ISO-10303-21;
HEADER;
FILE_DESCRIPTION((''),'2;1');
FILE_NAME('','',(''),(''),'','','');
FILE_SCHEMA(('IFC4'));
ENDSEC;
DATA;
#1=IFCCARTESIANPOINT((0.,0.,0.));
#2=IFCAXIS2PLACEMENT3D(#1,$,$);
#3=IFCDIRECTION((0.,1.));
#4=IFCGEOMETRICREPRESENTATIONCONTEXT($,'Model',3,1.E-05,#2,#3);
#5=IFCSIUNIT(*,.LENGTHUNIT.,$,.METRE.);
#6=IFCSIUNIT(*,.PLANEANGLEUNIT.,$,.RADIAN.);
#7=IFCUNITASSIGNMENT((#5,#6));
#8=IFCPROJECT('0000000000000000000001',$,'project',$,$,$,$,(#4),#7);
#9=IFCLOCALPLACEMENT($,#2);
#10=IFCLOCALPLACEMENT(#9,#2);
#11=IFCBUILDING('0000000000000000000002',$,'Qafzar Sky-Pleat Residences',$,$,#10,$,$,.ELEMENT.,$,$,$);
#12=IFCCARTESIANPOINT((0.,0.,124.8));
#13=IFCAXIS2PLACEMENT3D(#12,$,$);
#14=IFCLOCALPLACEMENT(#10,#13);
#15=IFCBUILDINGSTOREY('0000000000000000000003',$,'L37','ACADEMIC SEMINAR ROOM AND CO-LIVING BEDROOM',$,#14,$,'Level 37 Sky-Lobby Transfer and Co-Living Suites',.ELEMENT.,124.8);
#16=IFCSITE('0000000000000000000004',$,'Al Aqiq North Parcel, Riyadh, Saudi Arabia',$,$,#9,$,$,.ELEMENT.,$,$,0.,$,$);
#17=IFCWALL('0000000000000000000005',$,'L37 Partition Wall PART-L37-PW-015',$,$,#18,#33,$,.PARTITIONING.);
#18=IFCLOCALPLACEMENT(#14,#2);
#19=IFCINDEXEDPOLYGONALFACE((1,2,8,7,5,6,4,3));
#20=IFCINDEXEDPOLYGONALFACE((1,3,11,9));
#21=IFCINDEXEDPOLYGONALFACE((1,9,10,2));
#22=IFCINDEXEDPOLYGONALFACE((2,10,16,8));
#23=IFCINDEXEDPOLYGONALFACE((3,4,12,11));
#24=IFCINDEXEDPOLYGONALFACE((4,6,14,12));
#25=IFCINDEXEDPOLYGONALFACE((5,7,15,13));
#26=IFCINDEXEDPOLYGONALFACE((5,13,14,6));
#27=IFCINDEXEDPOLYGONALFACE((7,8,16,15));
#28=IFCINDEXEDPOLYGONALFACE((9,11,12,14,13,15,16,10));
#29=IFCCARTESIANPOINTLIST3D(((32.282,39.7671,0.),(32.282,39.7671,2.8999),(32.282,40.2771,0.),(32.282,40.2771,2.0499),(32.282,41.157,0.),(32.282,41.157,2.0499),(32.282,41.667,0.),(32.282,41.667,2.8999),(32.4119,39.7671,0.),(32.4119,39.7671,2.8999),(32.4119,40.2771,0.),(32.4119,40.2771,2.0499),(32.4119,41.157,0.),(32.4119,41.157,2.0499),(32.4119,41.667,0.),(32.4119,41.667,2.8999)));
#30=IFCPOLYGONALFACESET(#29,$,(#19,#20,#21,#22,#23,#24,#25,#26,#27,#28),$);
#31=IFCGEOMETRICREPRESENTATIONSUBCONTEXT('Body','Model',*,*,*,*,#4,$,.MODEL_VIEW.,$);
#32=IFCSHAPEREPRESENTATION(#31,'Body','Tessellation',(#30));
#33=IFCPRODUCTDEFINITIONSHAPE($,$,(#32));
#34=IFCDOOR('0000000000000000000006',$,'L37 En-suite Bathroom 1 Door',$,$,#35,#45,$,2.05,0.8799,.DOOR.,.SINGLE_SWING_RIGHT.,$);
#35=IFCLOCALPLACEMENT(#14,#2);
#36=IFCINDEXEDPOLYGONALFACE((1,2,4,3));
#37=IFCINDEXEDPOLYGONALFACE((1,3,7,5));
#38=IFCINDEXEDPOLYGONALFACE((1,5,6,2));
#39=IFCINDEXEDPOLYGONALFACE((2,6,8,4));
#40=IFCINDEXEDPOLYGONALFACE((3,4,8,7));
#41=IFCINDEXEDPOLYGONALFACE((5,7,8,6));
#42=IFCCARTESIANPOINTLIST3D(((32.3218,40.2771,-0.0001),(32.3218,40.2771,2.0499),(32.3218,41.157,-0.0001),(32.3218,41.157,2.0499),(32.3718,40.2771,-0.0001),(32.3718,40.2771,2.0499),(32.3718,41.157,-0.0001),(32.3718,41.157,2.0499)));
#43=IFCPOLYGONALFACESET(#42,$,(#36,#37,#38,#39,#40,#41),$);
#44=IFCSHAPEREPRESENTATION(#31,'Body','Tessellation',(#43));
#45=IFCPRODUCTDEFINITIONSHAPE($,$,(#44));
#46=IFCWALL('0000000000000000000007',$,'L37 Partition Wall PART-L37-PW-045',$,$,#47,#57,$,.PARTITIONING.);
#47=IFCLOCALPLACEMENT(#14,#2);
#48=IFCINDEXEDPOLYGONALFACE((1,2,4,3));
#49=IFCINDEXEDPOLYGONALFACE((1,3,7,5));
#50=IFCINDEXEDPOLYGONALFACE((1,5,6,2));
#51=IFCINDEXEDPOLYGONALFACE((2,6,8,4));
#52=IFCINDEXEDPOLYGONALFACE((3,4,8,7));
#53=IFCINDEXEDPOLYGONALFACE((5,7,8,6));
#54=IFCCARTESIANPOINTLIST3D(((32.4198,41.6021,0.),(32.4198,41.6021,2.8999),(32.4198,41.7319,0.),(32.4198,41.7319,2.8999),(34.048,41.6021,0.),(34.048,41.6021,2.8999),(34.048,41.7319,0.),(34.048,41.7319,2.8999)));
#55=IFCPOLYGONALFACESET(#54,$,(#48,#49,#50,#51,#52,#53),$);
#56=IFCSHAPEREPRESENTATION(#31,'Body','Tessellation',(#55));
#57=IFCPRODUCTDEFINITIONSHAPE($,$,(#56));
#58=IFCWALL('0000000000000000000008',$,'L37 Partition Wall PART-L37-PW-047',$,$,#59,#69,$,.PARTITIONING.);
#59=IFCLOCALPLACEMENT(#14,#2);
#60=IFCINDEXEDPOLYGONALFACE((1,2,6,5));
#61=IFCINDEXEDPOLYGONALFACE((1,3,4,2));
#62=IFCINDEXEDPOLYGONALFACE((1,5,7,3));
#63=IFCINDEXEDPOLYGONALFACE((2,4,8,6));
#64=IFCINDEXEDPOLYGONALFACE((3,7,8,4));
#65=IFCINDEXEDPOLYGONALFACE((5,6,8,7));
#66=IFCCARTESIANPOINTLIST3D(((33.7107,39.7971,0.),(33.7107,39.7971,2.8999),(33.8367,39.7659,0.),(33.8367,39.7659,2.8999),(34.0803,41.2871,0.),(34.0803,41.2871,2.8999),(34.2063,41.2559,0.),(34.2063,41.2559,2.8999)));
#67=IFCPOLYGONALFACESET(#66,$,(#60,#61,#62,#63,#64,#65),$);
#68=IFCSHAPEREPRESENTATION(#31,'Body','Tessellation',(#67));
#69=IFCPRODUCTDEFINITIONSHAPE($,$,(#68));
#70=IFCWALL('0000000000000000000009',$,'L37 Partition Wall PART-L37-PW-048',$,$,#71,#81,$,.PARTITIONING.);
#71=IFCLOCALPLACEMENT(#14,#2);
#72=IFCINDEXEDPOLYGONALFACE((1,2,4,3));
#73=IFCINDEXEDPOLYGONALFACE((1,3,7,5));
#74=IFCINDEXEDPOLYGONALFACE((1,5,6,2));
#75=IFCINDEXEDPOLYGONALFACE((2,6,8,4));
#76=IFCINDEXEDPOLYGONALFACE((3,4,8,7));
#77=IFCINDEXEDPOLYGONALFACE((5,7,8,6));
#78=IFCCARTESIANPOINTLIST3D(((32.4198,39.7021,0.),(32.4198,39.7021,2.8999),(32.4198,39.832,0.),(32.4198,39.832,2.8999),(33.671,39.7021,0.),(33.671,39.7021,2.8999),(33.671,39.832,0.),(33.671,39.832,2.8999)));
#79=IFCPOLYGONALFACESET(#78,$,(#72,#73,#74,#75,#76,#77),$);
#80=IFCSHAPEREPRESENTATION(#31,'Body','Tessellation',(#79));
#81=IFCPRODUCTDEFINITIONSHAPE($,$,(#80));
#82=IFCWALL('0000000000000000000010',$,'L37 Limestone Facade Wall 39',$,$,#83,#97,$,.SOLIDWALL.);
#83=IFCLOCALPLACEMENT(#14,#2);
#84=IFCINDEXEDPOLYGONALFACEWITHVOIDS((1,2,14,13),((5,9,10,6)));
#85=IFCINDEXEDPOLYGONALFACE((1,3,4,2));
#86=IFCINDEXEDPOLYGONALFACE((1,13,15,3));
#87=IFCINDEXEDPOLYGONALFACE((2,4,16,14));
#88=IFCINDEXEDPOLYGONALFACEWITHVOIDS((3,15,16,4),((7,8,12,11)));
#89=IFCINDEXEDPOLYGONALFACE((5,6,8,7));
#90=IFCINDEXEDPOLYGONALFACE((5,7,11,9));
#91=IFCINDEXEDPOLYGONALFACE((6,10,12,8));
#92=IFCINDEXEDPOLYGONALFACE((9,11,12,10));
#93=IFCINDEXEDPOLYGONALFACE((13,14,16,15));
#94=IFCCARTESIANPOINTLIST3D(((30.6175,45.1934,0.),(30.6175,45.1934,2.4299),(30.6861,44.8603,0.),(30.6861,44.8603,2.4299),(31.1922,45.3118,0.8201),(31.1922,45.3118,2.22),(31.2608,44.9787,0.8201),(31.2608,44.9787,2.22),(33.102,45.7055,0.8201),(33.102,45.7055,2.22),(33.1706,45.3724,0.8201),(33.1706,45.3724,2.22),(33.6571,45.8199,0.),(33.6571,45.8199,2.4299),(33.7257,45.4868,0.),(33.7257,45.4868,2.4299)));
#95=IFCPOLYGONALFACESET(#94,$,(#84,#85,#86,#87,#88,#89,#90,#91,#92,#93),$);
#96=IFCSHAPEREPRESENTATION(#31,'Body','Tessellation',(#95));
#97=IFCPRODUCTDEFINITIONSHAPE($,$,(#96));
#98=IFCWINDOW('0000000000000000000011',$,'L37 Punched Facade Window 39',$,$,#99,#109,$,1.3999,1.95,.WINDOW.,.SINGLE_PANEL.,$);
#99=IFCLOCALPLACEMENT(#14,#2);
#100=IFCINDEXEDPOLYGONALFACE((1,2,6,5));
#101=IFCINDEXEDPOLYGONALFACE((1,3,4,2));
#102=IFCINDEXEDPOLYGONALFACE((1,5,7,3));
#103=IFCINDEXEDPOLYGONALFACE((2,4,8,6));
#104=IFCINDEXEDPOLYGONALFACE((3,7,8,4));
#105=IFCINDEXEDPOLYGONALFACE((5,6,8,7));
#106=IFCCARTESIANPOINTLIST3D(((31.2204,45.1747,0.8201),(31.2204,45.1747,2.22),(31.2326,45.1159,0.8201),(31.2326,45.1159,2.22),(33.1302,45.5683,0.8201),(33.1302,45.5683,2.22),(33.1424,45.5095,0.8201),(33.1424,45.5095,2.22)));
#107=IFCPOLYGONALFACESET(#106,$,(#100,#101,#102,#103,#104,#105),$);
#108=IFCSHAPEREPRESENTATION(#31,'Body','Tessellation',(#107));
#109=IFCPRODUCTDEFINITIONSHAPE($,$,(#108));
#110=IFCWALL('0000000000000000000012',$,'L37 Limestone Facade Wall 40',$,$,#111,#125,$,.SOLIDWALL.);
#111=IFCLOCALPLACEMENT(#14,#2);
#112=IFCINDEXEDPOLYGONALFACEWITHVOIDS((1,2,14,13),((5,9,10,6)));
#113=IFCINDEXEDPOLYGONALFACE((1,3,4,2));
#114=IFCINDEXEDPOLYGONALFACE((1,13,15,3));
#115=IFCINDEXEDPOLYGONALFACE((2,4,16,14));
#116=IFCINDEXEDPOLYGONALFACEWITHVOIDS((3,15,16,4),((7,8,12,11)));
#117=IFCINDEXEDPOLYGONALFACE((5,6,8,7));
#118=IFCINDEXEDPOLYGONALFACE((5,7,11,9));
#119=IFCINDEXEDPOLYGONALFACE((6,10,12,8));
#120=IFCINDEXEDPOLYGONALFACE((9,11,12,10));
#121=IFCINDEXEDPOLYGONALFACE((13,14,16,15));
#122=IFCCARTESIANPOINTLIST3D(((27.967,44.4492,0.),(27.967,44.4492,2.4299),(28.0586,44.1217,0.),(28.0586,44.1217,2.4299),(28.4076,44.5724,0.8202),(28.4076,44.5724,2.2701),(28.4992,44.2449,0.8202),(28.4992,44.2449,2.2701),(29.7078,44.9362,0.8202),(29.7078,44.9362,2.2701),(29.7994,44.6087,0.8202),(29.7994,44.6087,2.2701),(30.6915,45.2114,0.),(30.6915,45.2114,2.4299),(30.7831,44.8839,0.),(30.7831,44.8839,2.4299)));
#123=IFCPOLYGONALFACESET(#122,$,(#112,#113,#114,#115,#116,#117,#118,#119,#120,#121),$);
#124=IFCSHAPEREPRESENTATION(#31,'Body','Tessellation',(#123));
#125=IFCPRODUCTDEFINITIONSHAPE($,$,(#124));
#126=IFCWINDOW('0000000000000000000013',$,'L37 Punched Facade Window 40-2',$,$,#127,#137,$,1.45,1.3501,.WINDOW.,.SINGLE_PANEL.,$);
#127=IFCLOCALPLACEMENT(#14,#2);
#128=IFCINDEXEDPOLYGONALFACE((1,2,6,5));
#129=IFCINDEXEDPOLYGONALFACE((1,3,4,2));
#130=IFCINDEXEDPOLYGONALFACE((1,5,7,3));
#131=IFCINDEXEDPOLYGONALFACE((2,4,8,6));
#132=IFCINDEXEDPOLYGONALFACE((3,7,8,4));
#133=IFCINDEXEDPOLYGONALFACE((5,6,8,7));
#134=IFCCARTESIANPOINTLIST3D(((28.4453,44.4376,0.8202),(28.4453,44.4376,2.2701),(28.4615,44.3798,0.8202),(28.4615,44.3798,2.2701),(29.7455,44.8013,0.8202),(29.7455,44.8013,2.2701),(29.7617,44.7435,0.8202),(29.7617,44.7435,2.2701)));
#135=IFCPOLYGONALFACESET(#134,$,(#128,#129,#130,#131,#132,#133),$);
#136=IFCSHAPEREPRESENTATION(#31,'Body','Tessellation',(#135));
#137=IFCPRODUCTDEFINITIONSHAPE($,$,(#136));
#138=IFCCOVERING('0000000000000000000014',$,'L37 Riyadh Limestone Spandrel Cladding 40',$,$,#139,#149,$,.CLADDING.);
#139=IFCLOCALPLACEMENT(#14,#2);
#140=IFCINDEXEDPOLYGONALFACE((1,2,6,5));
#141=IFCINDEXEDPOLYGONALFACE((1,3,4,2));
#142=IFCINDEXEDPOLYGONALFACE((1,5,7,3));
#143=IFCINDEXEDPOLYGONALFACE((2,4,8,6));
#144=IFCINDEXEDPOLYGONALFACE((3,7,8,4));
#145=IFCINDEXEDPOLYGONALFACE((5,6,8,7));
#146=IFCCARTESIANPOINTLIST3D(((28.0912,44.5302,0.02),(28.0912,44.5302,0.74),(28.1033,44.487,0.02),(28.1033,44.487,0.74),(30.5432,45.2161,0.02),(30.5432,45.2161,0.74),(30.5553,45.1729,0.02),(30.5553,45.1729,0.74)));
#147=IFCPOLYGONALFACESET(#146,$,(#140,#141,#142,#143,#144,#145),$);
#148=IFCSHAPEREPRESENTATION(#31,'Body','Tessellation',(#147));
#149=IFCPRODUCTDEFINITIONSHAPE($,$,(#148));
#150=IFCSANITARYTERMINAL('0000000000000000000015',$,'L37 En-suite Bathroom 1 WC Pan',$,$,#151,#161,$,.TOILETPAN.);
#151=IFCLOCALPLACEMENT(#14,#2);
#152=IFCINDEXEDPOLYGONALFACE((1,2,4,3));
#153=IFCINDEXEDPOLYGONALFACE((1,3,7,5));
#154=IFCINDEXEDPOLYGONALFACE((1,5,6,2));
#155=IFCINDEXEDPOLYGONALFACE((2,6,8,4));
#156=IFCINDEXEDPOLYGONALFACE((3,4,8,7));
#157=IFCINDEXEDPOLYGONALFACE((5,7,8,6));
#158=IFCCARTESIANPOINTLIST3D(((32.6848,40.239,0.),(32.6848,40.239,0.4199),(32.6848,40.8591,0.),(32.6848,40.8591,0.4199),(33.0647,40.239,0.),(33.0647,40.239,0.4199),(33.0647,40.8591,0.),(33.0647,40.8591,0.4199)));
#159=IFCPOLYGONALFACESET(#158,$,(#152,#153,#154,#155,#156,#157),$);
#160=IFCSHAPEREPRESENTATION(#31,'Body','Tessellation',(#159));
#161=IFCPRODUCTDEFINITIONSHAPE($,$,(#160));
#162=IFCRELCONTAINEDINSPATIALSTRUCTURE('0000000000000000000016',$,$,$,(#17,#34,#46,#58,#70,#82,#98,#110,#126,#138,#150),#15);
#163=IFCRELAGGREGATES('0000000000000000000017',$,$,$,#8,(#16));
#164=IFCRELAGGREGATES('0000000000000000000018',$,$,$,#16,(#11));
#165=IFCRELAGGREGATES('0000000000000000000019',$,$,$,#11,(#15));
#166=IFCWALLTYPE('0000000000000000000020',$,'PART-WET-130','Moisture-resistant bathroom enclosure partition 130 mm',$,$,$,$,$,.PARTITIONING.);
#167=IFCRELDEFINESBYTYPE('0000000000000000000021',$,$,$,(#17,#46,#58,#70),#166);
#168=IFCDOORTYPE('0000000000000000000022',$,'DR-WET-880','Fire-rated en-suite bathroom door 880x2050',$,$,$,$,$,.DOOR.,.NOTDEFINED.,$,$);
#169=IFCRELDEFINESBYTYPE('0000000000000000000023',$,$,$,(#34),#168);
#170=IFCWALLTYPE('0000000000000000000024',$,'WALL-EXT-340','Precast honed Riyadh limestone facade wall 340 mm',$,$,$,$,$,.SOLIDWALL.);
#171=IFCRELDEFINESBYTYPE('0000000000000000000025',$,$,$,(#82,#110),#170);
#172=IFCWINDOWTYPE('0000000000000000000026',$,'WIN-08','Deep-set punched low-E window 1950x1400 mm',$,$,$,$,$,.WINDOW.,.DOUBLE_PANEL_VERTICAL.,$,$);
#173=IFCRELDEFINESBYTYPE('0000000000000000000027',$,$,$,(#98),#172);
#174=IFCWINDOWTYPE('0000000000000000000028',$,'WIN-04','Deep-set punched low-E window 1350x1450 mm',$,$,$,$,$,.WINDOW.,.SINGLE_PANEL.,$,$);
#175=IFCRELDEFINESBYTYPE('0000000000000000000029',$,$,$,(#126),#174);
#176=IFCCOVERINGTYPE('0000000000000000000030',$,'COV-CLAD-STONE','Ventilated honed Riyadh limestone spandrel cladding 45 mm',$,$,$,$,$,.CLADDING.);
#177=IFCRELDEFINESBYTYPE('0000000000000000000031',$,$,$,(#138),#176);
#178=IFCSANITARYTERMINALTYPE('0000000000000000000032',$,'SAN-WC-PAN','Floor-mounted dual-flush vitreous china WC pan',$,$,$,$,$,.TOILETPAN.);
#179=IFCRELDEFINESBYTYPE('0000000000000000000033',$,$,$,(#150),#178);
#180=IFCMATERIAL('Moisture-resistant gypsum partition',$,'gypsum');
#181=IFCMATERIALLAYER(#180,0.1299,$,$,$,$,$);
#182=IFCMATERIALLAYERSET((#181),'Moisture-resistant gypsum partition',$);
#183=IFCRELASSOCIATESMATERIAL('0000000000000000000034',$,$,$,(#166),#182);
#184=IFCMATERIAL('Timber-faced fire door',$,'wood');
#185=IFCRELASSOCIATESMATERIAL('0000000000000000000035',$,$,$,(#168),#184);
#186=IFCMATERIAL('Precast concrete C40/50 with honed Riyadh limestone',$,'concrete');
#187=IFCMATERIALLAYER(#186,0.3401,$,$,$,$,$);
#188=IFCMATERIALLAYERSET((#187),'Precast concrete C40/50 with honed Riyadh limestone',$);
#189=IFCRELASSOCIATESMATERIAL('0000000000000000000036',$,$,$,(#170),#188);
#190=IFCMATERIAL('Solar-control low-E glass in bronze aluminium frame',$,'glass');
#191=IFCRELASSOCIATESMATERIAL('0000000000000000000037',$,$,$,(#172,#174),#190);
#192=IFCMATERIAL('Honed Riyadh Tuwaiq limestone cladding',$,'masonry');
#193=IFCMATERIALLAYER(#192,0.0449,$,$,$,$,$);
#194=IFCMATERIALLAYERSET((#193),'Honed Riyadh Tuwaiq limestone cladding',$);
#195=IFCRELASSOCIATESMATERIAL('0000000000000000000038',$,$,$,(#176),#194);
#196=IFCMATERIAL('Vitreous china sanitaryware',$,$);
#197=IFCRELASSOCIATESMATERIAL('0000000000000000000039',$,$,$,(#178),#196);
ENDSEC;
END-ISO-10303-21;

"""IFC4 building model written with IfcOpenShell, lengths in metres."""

from ifc_helpers import new_model, si_unit, direction, frame, frame_2d, origin, origin_2d, place, context, subcontext, project, spatial, rectangle, extrude, source, transform, mapped, material, layer, layer_set, type_object, element, fill, save


model = new_model("IFC4")

# Units and contexts
model_context = context("Model", 3, precision=1e-05, world=origin(), true_north=direction((0.0, 1.0)))
body_context = subcontext(model_context, "Body", "Model", "MODEL_VIEW")
ifc_project = project(units=[si_unit("LENGTHUNIT", "METRE"), si_unit("PLANEANGLEUNIT", "RADIAN")], contexts=[model_context])

# Site, building, storey
site_placement = place(None, origin())
site = spatial("IfcSite", under=ifc_project, at=site_placement, Name="Al Aqiq North Parcel, Riyadh, Saudi Arabia", CompositionType="ELEMENT", RefElevation=0.0)
building_placement = place(site_placement, origin())
building = spatial("IfcBuilding", under=site, at=building_placement, Name="Qafzar Sky-Pleat Residences", CompositionType="ELEMENT")
storey_placement = place(building_placement, frame((0.0, 0.0, 124.8)))
storey = spatial("IfcBuildingStorey", under=building, at=storey_placement, Name="L37", Description="ACADEMIC SEMINAR ROOM AND CO-LIVING BEDROOM", LongName="Level 37 Sky-Lobby Transfer and Co-Living Suites", CompositionType="ELEMENT", Elevation=124.8)

# Shared definitions
ifc_material_1 = material(Name="Timber-faced fire door", Category="wood")

# Wall, opening, door
ifc_material_2 = material(Name="Moisture-resistant gypsum partition", Category="gypsum")
ifc_layer_1 = layer(ifc_material_2, 0.1299)
ifc_layer_set_1 = layer_set([ifc_layer_1], Name="Moisture-resistant gypsum partition")
wall_type_1 = type_object("IfcWallType", Name="PART-WET-130", Description="Moisture-resistant bathroom enclosure partition 130 mm", PredefinedType="PARTITIONING", material=ifc_layer_set_1)
wall_1_placement = place(storey_placement, frame((32.3469, 41.667, 0.0), z_axis=(0.0, 0.0, 1.0), x_axis=(0.0, -1.0, 0.0)))
wall_1 = element("IfcWall", 1, at=wall_1_placement, inside=storey, type_object=wall_type_1, Name="L37 Partition Wall PART-L37-PW-015", PredefinedType="PARTITIONING", context=body_context, shape_type="SweptSolid", body=[
    extrude(rectangle(XDim=1.8999, YDim=0.1299, at=frame_2d((0.95, 0.0))), origin(), (0.0, 0.0, 1.0), 2.8999),
])
opening_1_placement = place(wall_1_placement, frame((0.51, 0.0, 0.0)))
opening_1 = element("IfcOpeningElement", 2, at=opening_1_placement, cuts=wall_1, PredefinedType="OPENING", context=body_context, shape_type="SweptSolid", body=[
    extrude(rectangle(XDim=0.8799, YDim=2.05, at=frame_2d((0.4399, 1.0249))), frame((0.0, 0.075, 0.0), z_axis=(0.0, -1.0, 0.0), x_axis=(1.0, 0.0, 0.0)), (0.0, 0.0, 1.0), 0.1499),
])
door_type_1 = type_object("IfcDoorType", Name="DR-WET-880", Description="Fire-rated en-suite bathroom door 880x2050", OperationType="NOTDEFINED", PredefinedType="DOOR", material=ifc_material_1)
shared_shape_1 = source(origin(), body_context, "Body", "SweptSolid", [
    extrude(rectangle(XDim=0.8799, YDim=2.05, at=frame_2d((0.4399, 1.0249))), frame((0.0, 0.0249, 0.0), z_axis=(0.0, -1.0, 0.0), x_axis=(1.0, 0.0, 0.0)), (0.0, 0.0, 1.0), 0.05),
])
door_1_placement = place(opening_1_placement, origin())
door_1 = element("IfcDoor", 3, at=door_1_placement, inside=storey, type_object=door_type_1, Name="L37 En-suite Bathroom 1 Door", OperationType="SINGLE_SWING_RIGHT", OverallHeight=2.05, OverallWidth=0.8799, PredefinedType="DOOR", context=body_context, shape_type="MappedRepresentation", body=[
    mapped(shared_shape_1, transform((0.0, 0.0, 0.0), x_axis=(1.0, 0.0, 0.0), y_axis=(0.0, 1.0, 0.0), z_axis=(0.0, 0.0, 1.0), scale=1.0)),
])
fill(opening_1, door_1)

# Walls
wall_2_placement = place(storey_placement, frame((32.4199, 41.667, 0.0), z_axis=(0.0, 0.0, 1.0), x_axis=(1.0, 0.0, 0.0)))
element("IfcWall", 4, at=wall_2_placement, inside=storey, type_object=wall_type_1, Name="L37 Partition Wall PART-L37-PW-045", PredefinedType="PARTITIONING", context=body_context, shape_type="SweptSolid", body=[
    extrude(rectangle(XDim=1.6282, YDim=0.1299, at=frame_2d((0.814, 0.0))), origin(), (0.0, 0.0, 1.0), 2.8999),
])
wall_3_placement = place(storey_placement, frame((33.7737, 39.7815, 0.0), z_axis=(0.0, 0.0, 1.0), x_axis=(0.240777, 0.970581, 0.0)))
element("IfcWall", 5, at=wall_3_placement, inside=storey, type_object=wall_type_1, Name="L37 Partition Wall PART-L37-PW-047", PredefinedType="PARTITIONING", context=body_context, shape_type="SweptSolid", body=[
    extrude(rectangle(XDim=1.5352, YDim=0.1299, at=frame_2d((0.7676, 0.0))), origin(), (0.0, 0.0, 1.0), 2.8999),
])
wall_4_placement = place(storey_placement, frame((32.4199, 39.7671, 0.0), z_axis=(0.0, 0.0, 1.0), x_axis=(1.0, 0.0, 0.0)))
element("IfcWall", 6, at=wall_4_placement, inside=storey, type_object=wall_type_1, Name="L37 Partition Wall PART-L37-PW-048", PredefinedType="PARTITIONING", context=body_context, shape_type="SweptSolid", body=[
    extrude(rectangle(XDim=1.2512, YDim=0.1299, at=frame_2d((0.6255, 0.0))), origin(), (0.0, 0.0, 1.0), 2.8999),
])

# Walls, openings, windows
ifc_material_3 = material(Name="Precast concrete C40/50 with honed Riyadh limestone", Category="concrete")
ifc_layer_2 = layer(ifc_material_3, 0.3401)
ifc_layer_set_2 = layer_set([ifc_layer_2], Name="Precast concrete C40/50 with honed Riyadh limestone")
wall_type_2 = type_object("IfcWallType", Name="WALL-EXT-340", Description="Precast honed Riyadh limestone facade wall 340 mm", PredefinedType="SOLIDWALL", material=ifc_layer_set_2)
wall_5_placement = place(storey_placement, frame((33.6914, 45.6533, 0.0), z_axis=(0.0, 0.0, 1.0), x_axis=(-0.979414, -0.201862, 0.0)))
wall_5 = element("IfcWall", 7, at=wall_5_placement, inside=storey, type_object=wall_type_2, Name="L37 Limestone Facade Wall 39", PredefinedType="SOLIDWALL", context=body_context, shape_type="SweptSolid", body=[
    extrude(rectangle(XDim=3.1035, YDim=0.3401, at=frame_2d((1.5518, 0.0))), origin(), (0.0, 0.0, 1.0), 2.4299),
])
opening_2_placement = place(wall_5_placement, frame((0.5667, 0.0, 0.8201)))
opening_2 = element("IfcOpeningElement", 8, at=opening_2_placement, cuts=wall_5, PredefinedType="OPENING", context=body_context, shape_type="SweptSolid", body=[
    extrude(rectangle(XDim=1.95, YDim=1.3999, at=frame_2d((0.9751, 0.7))), frame((0.0, 0.1802, 0.0), z_axis=(0.0, -1.0, 0.0), x_axis=(1.0, 0.0, 0.0)), (0.0, 0.0, 1.0), 0.3601),
])
ifc_material_4 = material(Name="Solar-control low-E glass in bronze aluminium frame", Category="glass")
window_type_1 = type_object("IfcWindowType", Name="WIN-08", Description="Deep-set punched low-E window 1950x1400 mm", PartitioningType="DOUBLE_PANEL_VERTICAL", PredefinedType="WINDOW", material=ifc_material_4)
shared_shape_2 = source(origin(), body_context, "Body", "SweptSolid", [
    extrude(rectangle(XDim=1.95, YDim=1.3999, at=frame_2d((0.9751, 0.7))), frame((0.0, 0.03, 0.0), z_axis=(0.0, -1.0, 0.0), x_axis=(1.0, 0.0, 0.0)), (0.0, 0.0, 1.0), 0.0601),
])
window_1_placement = place(opening_2_placement, origin())
window_1 = element("IfcWindow", 9, at=window_1_placement, inside=storey, type_object=window_type_1, Name="L37 Punched Facade Window 39", OverallHeight=1.3999, OverallWidth=1.95, PartitioningType="SINGLE_PANEL", PredefinedType="WINDOW", context=body_context, shape_type="MappedRepresentation", body=[
    mapped(shared_shape_2, transform((0.0, 0.0, 0.0), x_axis=(1.0, 0.0, 0.0), y_axis=(0.0, 1.0, 0.0), z_axis=(0.0, 0.0, 1.0), scale=1.0)),
])
fill(opening_2, window_1)
wall_6_placement = place(storey_placement, frame((30.7373, 45.0476, 0.0), z_axis=(0.0, 0.0, 1.0), x_axis=(-0.963027, -0.269406, 0.0)))
wall_6 = element("IfcWall", 10, at=wall_6_placement, inside=storey, type_object=wall_type_2, Name="L37 Limestone Facade Wall 40", PredefinedType="SOLIDWALL", context=body_context, shape_type="SweptSolid", body=[
    extrude(rectangle(XDim=2.8291, YDim=0.3401, at=frame_2d((1.4146, 0.0))), origin(), (0.0, 0.0, 1.0), 2.4299),
])
opening_3_placement = place(wall_6_placement, frame((1.0215, 0.0, 0.8201)))
opening_3 = element("IfcOpeningElement", 11, at=opening_3_placement, cuts=wall_6, PredefinedType="OPENING", context=body_context, shape_type="SweptSolid", body=[
    extrude(rectangle(XDim=1.3501, YDim=1.45, at=frame_2d((0.675, 0.7251))), frame((0.0, 0.1802, 0.0), z_axis=(0.0, -1.0, 0.0), x_axis=(1.0, 0.0, 0.0)), (0.0, 0.0, 1.0), 0.3601),
])
window_type_2 = type_object("IfcWindowType", Name="WIN-04", Description="Deep-set punched low-E window 1350x1450 mm", PartitioningType="SINGLE_PANEL", PredefinedType="WINDOW", material=ifc_material_4)
shared_shape_3 = source(origin(), body_context, "Body", "SweptSolid", [
    extrude(rectangle(XDim=1.3501, YDim=1.45, at=frame_2d((0.675, 0.7251))), frame((0.0, 0.03, 0.0), z_axis=(0.0, -1.0, 0.0), x_axis=(1.0, 0.0, 0.0)), (0.0, 0.0, 1.0), 0.0601),
])
window_2_placement = place(opening_3_placement, origin())
window_2 = element("IfcWindow", 12, at=window_2_placement, inside=storey, type_object=window_type_2, Name="L37 Punched Facade Window 40-2", OverallHeight=1.45, OverallWidth=1.3501, PartitioningType="SINGLE_PANEL", PredefinedType="WINDOW", context=body_context, shape_type="MappedRepresentation", body=[
    mapped(shared_shape_3, transform((0.0, 0.0, 0.0), x_axis=(1.0, 0.0, 0.0), y_axis=(0.0, 1.0, 0.0), z_axis=(0.0, 0.0, 1.0), scale=1.0)),
])
fill(opening_3, window_2)

# Covering
ifc_material_5 = material(Name="Honed Riyadh Tuwaiq limestone cladding", Category="masonry")
ifc_layer_3 = layer(ifc_material_5, 0.0449)
ifc_layer_set_3 = layer_set([ifc_layer_3], Name="Honed Riyadh Tuwaiq limestone cladding")
covering_type = type_object("IfcCoveringType", Name="COV-CLAD-STONE", Description="Ventilated honed Riyadh limestone spandrel cladding 45 mm", PredefinedType="CLADDING", material=ifc_layer_set_3)
shared_shape_4 = source(origin(), body_context, "Body", "SweptSolid", [
    extrude(rectangle(XDim=2.5461, YDim=0.0449, at=origin_2d()), origin(), (0.0, 0.0, 1.0), 0.72),
])
covering_placement = place(storey_placement, frame((29.3232, 44.8516, 0.02), z_axis=(0.0, 0.0, 1.0), x_axis=(-0.963031, -0.26939, 0.0)))
element("IfcCovering", 13, at=covering_placement, inside=storey, type_object=covering_type, Name="L37 Riyadh Limestone Spandrel Cladding 40", PredefinedType="CLADDING", context=body_context, shape_type="MappedRepresentation", body=[
    mapped(shared_shape_4, transform((0.0, 0.0, 0.0), x_axis=(1.0, 0.0, 0.0), y_axis=(0.0, 1.0, 0.0), z_axis=(0.0, 0.0, 1.0), scale=1.0)),
])

# Sanitary terminal
ifc_material_6 = material(Name="Vitreous china sanitaryware")
sanitary_terminal_type_1 = type_object("IfcSanitaryTerminalType", Name="SAN-WC-PAN", Description="Floor-mounted dual-flush vitreous china WC pan", PredefinedType="TOILETPAN", material=ifc_material_6)
shared_shape_5 = source(origin(), body_context, "Body", "SweptSolid", [
    extrude(rectangle(XDim=0.3799, YDim=0.6201, at=origin_2d()), origin(), (0.0, 0.0, 1.0), 0.4199),
])
sanitary_terminal_1_placement = place(storey_placement, frame((32.8748, 40.5491, 0.0), z_axis=(0.0, 0.0, 1.0), x_axis=(1.0, 0.0, 0.0)))
element("IfcSanitaryTerminal", 14, at=sanitary_terminal_1_placement, inside=storey, type_object=sanitary_terminal_type_1, Name="L37 En-suite Bathroom 1 WC Pan", PredefinedType="TOILETPAN", context=body_context, shape_type="MappedRepresentation", body=[
    mapped(shared_shape_5, transform((0.0, 0.0, 0.0), x_axis=(1.0, 0.0, 0.0), y_axis=(0.0, 1.0, 0.0), z_axis=(0.0, 0.0, 1.0), scale=1.0)),
])

save(model, "model.ifc")
